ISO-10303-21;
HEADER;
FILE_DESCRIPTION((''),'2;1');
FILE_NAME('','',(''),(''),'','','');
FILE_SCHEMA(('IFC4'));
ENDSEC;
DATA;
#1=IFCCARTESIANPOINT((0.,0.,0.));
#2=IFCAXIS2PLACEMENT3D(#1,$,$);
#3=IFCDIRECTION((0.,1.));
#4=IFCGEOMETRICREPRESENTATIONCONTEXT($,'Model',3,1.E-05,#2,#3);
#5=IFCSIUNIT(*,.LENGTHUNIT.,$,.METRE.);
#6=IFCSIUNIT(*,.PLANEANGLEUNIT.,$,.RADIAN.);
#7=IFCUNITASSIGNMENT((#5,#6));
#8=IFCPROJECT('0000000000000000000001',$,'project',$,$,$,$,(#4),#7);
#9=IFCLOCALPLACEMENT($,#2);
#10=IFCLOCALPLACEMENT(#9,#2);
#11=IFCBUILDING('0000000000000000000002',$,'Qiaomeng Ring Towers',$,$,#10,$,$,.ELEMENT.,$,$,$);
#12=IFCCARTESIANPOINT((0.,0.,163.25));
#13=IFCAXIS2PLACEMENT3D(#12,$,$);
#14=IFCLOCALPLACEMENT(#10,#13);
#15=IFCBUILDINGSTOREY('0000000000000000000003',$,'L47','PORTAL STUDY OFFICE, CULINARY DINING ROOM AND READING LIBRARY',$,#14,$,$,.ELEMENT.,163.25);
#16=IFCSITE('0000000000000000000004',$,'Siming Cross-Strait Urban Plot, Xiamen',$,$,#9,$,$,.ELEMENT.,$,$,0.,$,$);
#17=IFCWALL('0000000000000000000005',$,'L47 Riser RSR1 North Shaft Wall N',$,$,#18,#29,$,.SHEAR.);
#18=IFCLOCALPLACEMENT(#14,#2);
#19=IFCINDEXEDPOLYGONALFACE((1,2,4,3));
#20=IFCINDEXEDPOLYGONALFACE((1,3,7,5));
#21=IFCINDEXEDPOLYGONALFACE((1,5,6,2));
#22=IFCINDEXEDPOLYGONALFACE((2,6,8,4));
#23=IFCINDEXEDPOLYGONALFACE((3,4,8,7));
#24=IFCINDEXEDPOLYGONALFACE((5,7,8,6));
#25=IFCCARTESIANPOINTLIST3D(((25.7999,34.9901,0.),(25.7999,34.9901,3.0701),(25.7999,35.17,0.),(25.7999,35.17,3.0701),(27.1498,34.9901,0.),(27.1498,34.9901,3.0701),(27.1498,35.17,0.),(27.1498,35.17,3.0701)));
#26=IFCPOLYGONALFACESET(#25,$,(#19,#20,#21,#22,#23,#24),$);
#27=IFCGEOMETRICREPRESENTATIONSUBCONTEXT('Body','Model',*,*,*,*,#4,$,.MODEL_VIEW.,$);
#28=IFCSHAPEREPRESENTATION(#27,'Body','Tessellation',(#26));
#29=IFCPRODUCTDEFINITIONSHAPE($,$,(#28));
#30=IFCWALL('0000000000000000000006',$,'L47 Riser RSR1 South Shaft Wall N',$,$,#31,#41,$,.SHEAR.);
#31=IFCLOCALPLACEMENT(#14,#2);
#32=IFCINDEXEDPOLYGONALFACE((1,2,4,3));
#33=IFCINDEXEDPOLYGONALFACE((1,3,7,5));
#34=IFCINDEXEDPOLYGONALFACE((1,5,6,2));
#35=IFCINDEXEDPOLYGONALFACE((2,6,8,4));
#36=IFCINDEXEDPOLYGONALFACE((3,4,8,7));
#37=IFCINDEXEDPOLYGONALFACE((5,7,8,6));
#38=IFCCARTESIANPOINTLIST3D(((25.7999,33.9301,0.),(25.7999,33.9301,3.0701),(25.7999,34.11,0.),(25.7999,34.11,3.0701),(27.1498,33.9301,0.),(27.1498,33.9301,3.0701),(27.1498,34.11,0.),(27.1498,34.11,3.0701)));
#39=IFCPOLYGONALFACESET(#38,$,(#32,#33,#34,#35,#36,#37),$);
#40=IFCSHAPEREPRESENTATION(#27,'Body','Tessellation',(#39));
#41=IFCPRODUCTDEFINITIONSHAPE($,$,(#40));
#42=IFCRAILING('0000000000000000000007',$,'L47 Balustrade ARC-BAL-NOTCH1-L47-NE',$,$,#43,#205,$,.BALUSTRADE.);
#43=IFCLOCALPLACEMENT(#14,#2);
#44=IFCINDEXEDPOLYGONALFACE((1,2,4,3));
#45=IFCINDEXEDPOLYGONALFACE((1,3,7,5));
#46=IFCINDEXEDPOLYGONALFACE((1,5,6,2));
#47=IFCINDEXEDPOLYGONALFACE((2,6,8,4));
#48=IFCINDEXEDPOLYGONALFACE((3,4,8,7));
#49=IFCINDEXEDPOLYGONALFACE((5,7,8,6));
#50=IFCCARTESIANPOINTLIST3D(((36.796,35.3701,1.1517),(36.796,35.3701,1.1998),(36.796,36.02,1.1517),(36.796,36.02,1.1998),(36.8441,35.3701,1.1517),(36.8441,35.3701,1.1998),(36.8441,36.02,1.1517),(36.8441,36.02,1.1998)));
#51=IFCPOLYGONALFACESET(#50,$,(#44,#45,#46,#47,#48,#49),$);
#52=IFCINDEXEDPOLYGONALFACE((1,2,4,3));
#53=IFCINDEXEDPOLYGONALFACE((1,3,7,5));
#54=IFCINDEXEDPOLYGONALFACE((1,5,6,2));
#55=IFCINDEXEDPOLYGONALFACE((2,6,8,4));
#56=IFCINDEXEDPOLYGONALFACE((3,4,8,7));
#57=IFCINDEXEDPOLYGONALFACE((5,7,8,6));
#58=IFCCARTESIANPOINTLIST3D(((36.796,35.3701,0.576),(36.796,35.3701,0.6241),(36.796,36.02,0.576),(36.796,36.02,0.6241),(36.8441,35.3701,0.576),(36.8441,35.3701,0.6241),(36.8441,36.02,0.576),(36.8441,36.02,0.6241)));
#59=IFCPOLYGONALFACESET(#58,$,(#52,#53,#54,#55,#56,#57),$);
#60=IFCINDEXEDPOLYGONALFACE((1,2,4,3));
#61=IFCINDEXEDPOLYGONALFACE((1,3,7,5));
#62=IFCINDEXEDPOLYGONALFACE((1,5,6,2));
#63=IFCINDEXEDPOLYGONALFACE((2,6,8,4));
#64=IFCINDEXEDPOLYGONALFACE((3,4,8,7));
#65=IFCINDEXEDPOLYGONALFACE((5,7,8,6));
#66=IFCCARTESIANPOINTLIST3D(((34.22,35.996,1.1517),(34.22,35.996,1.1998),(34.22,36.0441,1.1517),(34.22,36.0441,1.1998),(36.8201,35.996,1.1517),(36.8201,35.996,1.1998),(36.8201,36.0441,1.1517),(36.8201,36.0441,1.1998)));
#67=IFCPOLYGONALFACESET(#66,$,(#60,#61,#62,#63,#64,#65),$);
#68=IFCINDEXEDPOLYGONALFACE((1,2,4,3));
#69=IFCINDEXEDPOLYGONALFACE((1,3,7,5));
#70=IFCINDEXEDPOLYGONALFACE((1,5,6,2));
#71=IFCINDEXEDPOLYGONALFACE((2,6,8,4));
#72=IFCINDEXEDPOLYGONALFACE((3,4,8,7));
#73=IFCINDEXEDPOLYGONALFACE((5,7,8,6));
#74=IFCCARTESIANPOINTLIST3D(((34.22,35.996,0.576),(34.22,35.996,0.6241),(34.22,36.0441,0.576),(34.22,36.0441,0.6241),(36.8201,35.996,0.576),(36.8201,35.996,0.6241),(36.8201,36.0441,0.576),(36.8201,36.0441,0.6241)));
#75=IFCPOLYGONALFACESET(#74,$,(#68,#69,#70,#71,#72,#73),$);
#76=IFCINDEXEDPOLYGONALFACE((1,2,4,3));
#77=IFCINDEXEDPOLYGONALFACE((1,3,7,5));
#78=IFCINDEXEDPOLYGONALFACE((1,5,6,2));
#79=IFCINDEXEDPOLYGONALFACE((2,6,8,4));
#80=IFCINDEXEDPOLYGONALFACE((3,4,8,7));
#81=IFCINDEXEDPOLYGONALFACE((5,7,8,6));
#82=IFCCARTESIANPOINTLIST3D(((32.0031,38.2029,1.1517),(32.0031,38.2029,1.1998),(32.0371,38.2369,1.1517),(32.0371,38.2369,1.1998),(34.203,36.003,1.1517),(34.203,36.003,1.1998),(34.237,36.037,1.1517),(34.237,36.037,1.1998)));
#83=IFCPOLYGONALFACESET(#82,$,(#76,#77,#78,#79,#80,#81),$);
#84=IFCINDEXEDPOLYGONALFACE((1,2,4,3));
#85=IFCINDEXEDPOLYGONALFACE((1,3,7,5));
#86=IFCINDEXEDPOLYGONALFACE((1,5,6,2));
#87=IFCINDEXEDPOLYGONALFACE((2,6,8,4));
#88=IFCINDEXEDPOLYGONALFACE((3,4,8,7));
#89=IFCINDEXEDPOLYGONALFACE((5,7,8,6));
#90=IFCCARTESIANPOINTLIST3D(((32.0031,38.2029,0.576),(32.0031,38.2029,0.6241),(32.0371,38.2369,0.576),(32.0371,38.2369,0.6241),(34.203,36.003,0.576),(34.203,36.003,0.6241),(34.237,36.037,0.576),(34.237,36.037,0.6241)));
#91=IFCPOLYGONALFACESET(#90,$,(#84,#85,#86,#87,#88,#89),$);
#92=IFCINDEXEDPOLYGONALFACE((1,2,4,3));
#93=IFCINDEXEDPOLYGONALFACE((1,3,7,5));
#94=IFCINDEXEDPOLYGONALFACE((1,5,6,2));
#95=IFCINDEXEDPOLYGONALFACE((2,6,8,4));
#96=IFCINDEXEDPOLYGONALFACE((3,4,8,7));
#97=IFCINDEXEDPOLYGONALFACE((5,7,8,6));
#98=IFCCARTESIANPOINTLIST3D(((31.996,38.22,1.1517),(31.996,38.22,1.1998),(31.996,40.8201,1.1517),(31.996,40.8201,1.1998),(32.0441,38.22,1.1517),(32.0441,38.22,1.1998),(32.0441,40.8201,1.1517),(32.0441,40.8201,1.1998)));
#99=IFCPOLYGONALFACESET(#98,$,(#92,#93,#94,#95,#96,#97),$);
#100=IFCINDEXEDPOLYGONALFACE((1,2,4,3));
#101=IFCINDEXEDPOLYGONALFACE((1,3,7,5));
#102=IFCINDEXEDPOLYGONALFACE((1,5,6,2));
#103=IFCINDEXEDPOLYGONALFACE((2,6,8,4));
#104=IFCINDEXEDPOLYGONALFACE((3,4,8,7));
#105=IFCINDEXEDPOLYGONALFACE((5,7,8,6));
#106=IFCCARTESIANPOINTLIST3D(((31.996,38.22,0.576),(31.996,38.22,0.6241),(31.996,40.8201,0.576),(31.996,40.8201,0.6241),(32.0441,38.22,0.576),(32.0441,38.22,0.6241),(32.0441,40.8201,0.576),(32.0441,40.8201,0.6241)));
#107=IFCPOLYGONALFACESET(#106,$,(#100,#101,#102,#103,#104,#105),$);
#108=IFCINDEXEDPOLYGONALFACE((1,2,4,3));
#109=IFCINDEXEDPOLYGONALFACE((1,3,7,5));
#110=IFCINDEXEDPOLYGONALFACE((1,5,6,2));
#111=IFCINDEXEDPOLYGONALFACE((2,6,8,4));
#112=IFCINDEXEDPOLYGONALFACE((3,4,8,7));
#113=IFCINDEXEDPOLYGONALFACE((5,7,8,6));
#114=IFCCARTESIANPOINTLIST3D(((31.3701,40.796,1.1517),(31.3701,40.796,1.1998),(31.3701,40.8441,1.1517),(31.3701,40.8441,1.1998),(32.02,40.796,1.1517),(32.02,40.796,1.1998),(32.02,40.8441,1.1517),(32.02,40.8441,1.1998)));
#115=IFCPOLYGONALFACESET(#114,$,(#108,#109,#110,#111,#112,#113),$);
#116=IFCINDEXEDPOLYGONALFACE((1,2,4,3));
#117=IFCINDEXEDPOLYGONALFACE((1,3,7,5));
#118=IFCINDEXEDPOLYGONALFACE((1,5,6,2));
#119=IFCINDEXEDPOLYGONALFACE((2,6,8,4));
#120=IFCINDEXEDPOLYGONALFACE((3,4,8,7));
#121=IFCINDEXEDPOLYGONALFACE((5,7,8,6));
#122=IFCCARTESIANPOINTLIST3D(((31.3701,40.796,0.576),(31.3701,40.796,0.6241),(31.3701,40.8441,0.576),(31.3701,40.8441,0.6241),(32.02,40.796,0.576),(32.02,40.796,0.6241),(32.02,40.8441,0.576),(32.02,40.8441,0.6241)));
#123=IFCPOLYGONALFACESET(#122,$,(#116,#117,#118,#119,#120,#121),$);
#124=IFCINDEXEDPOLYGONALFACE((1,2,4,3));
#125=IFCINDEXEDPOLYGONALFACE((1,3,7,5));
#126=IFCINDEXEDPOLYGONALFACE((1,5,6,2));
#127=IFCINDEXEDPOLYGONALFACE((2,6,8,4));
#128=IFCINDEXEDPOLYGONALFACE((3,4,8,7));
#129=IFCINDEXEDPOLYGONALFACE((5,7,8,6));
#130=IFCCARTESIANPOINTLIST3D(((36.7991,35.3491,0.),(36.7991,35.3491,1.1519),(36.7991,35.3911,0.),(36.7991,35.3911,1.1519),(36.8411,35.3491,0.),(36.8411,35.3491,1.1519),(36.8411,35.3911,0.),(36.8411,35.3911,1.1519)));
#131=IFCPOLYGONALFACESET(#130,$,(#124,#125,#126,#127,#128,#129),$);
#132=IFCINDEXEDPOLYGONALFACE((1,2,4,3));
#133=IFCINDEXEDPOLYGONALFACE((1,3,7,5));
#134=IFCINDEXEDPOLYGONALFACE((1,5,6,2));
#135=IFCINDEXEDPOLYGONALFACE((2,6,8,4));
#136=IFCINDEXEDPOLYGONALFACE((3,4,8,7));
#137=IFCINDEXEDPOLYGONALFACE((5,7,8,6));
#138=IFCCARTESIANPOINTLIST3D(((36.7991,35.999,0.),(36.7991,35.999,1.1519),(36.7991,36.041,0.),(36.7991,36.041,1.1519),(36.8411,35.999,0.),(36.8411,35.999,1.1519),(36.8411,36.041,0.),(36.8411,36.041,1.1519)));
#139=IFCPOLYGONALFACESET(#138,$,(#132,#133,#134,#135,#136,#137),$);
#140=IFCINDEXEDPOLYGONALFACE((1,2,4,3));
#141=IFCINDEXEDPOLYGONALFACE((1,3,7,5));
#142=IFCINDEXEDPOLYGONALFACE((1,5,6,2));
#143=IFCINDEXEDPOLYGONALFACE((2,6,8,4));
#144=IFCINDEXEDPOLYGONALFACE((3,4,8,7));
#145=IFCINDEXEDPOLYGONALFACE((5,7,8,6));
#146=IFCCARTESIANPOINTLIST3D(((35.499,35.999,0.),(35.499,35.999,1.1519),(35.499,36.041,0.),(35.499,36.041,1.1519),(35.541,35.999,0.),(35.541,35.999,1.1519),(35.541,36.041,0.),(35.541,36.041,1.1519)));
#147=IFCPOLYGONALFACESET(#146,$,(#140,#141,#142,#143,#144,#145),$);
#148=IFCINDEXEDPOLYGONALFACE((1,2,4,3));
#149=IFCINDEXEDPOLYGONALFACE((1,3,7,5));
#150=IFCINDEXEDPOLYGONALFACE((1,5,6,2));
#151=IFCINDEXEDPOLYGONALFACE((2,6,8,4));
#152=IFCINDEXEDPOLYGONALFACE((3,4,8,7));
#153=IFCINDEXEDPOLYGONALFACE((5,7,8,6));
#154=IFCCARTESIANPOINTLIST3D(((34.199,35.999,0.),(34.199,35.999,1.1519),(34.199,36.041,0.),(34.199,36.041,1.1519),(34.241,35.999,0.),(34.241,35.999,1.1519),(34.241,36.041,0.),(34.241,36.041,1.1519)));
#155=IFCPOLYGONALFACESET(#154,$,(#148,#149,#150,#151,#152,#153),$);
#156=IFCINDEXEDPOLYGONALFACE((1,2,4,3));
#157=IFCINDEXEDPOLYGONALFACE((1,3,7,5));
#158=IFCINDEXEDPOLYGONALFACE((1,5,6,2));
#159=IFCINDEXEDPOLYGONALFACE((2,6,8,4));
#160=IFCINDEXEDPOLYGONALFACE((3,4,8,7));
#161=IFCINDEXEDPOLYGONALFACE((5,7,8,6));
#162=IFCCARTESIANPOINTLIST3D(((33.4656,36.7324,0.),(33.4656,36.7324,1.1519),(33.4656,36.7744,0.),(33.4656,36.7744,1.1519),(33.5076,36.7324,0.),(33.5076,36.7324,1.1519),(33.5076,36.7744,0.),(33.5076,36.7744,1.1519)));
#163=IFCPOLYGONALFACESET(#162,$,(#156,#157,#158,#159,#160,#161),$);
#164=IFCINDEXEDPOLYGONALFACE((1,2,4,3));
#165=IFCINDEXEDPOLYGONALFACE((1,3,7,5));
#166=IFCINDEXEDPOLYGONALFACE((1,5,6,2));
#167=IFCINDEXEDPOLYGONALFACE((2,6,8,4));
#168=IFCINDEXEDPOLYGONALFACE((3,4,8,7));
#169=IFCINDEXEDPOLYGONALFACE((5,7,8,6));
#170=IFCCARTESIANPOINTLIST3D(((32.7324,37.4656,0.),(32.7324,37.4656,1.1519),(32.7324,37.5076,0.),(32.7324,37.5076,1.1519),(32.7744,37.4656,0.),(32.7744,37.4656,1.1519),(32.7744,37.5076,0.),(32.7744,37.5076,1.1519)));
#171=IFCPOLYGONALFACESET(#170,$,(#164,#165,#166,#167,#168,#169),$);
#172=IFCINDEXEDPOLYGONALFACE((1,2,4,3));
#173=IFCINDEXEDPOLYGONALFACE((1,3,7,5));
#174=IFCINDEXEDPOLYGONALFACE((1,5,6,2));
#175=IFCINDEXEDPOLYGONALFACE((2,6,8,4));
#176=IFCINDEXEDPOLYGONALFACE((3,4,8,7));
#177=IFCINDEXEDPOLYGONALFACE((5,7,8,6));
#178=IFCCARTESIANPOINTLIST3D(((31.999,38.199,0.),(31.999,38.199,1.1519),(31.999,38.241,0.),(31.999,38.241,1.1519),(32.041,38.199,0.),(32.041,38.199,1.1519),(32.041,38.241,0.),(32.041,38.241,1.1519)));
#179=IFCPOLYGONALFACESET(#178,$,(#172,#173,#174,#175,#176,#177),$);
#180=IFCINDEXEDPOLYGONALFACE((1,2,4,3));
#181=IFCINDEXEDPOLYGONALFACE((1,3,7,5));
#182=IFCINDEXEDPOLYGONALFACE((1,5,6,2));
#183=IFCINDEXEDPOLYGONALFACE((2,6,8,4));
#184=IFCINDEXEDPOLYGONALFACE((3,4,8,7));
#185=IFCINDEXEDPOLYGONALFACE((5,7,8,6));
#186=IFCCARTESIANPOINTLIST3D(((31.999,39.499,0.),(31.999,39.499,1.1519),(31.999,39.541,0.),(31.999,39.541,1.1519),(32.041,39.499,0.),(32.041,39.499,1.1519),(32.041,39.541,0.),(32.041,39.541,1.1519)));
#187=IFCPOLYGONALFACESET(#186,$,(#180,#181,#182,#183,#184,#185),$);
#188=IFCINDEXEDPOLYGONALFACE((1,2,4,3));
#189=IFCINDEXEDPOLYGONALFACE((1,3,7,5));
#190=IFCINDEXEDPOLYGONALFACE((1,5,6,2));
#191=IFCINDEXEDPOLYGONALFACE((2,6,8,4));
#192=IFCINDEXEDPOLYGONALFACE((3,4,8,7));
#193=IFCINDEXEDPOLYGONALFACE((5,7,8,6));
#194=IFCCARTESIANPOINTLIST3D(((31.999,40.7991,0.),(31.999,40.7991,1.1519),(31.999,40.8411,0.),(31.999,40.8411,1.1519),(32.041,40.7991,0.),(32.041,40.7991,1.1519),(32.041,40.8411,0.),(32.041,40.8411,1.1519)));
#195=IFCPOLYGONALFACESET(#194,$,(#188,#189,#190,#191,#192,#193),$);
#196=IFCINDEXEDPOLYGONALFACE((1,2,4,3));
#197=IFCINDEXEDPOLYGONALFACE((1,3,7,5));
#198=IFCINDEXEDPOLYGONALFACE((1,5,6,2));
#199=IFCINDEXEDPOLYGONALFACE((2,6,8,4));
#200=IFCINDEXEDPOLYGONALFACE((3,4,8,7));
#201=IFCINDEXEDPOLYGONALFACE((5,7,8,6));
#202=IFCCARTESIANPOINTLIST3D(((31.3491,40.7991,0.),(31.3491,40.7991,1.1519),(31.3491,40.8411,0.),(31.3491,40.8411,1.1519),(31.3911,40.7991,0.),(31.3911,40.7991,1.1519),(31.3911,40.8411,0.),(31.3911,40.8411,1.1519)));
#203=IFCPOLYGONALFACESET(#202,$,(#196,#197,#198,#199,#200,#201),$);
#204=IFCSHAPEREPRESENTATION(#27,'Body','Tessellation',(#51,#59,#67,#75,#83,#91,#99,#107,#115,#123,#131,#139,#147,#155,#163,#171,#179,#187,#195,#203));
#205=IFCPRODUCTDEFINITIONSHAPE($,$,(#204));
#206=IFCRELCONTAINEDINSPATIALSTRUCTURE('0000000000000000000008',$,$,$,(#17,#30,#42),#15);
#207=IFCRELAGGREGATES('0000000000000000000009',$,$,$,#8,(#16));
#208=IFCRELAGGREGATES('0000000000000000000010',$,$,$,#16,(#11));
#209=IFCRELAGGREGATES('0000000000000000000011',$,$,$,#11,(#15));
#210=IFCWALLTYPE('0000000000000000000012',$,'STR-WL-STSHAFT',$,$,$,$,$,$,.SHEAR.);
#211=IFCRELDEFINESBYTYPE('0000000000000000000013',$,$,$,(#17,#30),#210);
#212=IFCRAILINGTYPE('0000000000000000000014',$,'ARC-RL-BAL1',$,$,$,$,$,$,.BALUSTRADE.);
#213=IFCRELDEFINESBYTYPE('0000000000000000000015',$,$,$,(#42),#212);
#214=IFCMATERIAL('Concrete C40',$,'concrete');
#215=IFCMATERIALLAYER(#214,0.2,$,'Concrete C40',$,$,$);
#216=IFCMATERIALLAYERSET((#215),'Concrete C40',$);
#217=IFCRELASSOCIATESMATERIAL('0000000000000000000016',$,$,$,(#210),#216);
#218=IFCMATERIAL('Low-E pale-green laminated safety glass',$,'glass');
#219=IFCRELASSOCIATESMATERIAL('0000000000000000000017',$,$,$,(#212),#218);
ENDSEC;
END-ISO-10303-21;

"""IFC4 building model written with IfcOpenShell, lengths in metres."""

from ifc_helpers import new_model, si_unit, direction, frame, frame_2d, origin, origin_2d, place, context, subcontext, project, spatial, rectangle, extrude, material, layer, layer_set, type_object, element, save


model = new_model("IFC4")

# Units and contexts
model_context = context("Model", 3, precision=1e-05, world=origin(), true_north=direction((0.0, 1.0)))
body_context = subcontext(model_context, "Body", "Model", "MODEL_VIEW")
ifc_project = project(units=[si_unit("LENGTHUNIT", "METRE"), si_unit("PLANEANGLEUNIT", "RADIAN")], contexts=[model_context])

# Site, building, storey
site_placement = place(None, origin())
site = spatial("IfcSite", under=ifc_project, at=site_placement, Name="Siming Cross-Strait Urban Plot, Xiamen", CompositionType="ELEMENT", RefElevation=0.0)
building_placement = place(site_placement, origin())
building = spatial("IfcBuilding", under=site, at=building_placement, Name="Qiaomeng Ring Towers", CompositionType="ELEMENT")
storey_placement = place(building_placement, frame((0.0, 0.0, 163.25)))
storey = spatial("IfcBuildingStorey", under=building, at=storey_placement, Name="L47", Description="PORTAL STUDY OFFICE, CULINARY DINING ROOM AND READING LIBRARY", CompositionType="ELEMENT", Elevation=163.25)

# Walls
ifc_material_1 = material(Name="Concrete C40", Category="concrete")
ifc_layer_1 = layer(ifc_material_1, 0.2, Name="Concrete C40")
ifc_layer_set_1 = layer_set([ifc_layer_1], Name="Concrete C40")
wall_type_1 = type_object("IfcWallType", Name="STR-WL-STSHAFT", PredefinedType="SHEAR", material=ifc_layer_set_1)
for number, where, z_axis, x_axis, name in (
    (1, (25.8, 35.0801, 0.0), (0.0, 0.0, 1.0), (1.0, 0.0, 0.0), "L47 Riser RSR1 North Shaft Wall N"),
    (2, (25.8, 34.02, 0.0), (0.0, 0.0, 1.0), (1.0, 0.0, 0.0), "L47 Riser RSR1 South Shaft Wall N"),
):
    element("IfcWall", number, at=place(storey_placement, frame(where, z_axis=z_axis, x_axis=x_axis)), inside=storey, type_object=wall_type_1, Name=name, PredefinedType="SHEAR", context=body_context, shape_type="SweptSolid", body=[
        extrude(rectangle(XDim=1.3499, YDim=0.1799, at=frame_2d((0.6748, 0.0))), origin(), (0.0, 0.0, 1.0), 3.0701),
    ])

# Railing
ifc_material_2 = material(Name="Low-E pale-green laminated safety glass", Category="glass")
railing_type = type_object("IfcRailingType", Name="ARC-RL-BAL1", PredefinedType="BALUSTRADE", material=ifc_material_2)
railing_placement = place(storey_placement, frame((36.8201, 35.3701, 0.0)))
element("IfcRailing", 3, at=railing_placement, inside=storey, type_object=railing_type, Name="L47 Balustrade ARC-BAL-NOTCH1-L47-NE", PredefinedType="BALUSTRADE", context=body_context, shape_type="SweptSolid", body=[
    extrude(rectangle(XDim=0.0481, YDim=0.0481, at=origin_2d()), frame((0.0, 0.0, 1.1758), z_axis=(0.0, 1.0, 0.0), x_axis=(-1.0, 0.0, 0.0)), (0.0, 0.0, 1.0), 0.6499),
    extrude(rectangle(XDim=0.0481, YDim=0.0481, at=origin_2d()), frame((0.0, 0.0, 0.6001), z_axis=(0.0, 1.0, 0.0), x_axis=(-1.0, 0.0, 0.0)), (0.0, 0.0, 1.0), 0.6499),
    extrude(rectangle(XDim=0.0481, YDim=0.0481, at=origin_2d()), frame((0.0, 0.6499, 1.1758), z_axis=(-1.0, 0.0, 0.0), x_axis=(0.0, -1.0, 0.0)), (0.0, 0.0, 1.0), 2.6001),
    extrude(rectangle(XDim=0.0481, YDim=0.0481, at=origin_2d()), frame((0.0, 0.6499, 0.6001), z_axis=(-1.0, 0.0, 0.0), x_axis=(0.0, -1.0, 0.0)), (0.0, 0.0, 1.0), 2.6001),
    extrude(rectangle(XDim=0.0481, YDim=0.0481, at=origin_2d()), frame((-2.6001, 0.6499, 1.1758), z_axis=(-0.707107, 0.707107, 0.0), x_axis=(-0.707107, -0.707107, 0.0)), (0.0, 0.0, 1.0), 3.1111),
    extrude(rectangle(XDim=0.0481, YDim=0.0481, at=origin_2d()), frame((-2.6001, 0.6499, 0.6001), z_axis=(-0.707107, 0.707107, 0.0), x_axis=(-0.707107, -0.707107, 0.0)), (0.0, 0.0, 1.0), 3.1111),
    extrude(rectangle(XDim=0.0481, YDim=0.0481, at=origin_2d()), frame((-4.8, 2.8499, 1.1758), z_axis=(0.0, 1.0, 0.0), x_axis=(-1.0, 0.0, 0.0)), (0.0, 0.0, 1.0), 2.6001),
    extrude(rectangle(XDim=0.0481, YDim=0.0481, at=origin_2d()), frame((-4.8, 2.8499, 0.6001), z_axis=(0.0, 1.0, 0.0), x_axis=(-1.0, 0.0, 0.0)), (0.0, 0.0, 1.0), 2.6001),
    extrude(rectangle(XDim=0.0481, YDim=0.0481, at=origin_2d()), frame((-4.8, 5.45, 1.1758), z_axis=(-1.0, 0.0, 0.0), x_axis=(0.0, -1.0, 0.0)), (0.0, 0.0, 1.0), 0.6499),
    extrude(rectangle(XDim=0.0481, YDim=0.0481, at=origin_2d()), frame((-4.8, 5.45, 0.6001), z_axis=(-1.0, 0.0, 0.0), x_axis=(0.0, -1.0, 0.0)), (0.0, 0.0, 1.0), 0.6499),
    extrude(rectangle(XDim=0.042, YDim=0.042, at=origin_2d()), origin(), (0.0, 0.0, 1.0), 1.1519),
    extrude(rectangle(XDim=0.042, YDim=0.042, at=origin_2d()), frame((0.0, 0.6499, 0.0)), (0.0, 0.0, 1.0), 1.1519),
    extrude(rectangle(XDim=0.042, YDim=0.042, at=origin_2d()), frame((-1.3, 0.6499, 0.0)), (0.0, 0.0, 1.0), 1.1519),
    extrude(rectangle(XDim=0.042, YDim=0.042, at=origin_2d()), frame((-2.6001, 0.6499, 0.0)), (0.0, 0.0, 1.0), 1.1519),
    extrude(rectangle(XDim=0.042, YDim=0.042, at=origin_2d()), frame((-3.3335, 1.3833, 0.0)), (0.0, 0.0, 1.0), 1.1519),
    extrude(rectangle(XDim=0.042, YDim=0.042, at=origin_2d()), frame((-4.0667, 2.1165, 0.0)), (0.0, 0.0, 1.0), 1.1519),
    extrude(rectangle(XDim=0.042, YDim=0.042, at=origin_2d()), frame((-4.8, 2.8499, 0.0)), (0.0, 0.0, 1.0), 1.1519),
    extrude(rectangle(XDim=0.042, YDim=0.042, at=origin_2d()), frame((-4.8, 4.1499, 0.0)), (0.0, 0.0, 1.0), 1.1519),
    extrude(rectangle(XDim=0.042, YDim=0.042, at=origin_2d()), frame((-4.8, 5.45, 0.0)), (0.0, 0.0, 1.0), 1.1519),
    extrude(rectangle(XDim=0.042, YDim=0.042, at=origin_2d()), frame((-5.45, 5.45, 0.0)), (0.0, 0.0, 1.0), 1.1519),
])

save(model, "model.ifc")
